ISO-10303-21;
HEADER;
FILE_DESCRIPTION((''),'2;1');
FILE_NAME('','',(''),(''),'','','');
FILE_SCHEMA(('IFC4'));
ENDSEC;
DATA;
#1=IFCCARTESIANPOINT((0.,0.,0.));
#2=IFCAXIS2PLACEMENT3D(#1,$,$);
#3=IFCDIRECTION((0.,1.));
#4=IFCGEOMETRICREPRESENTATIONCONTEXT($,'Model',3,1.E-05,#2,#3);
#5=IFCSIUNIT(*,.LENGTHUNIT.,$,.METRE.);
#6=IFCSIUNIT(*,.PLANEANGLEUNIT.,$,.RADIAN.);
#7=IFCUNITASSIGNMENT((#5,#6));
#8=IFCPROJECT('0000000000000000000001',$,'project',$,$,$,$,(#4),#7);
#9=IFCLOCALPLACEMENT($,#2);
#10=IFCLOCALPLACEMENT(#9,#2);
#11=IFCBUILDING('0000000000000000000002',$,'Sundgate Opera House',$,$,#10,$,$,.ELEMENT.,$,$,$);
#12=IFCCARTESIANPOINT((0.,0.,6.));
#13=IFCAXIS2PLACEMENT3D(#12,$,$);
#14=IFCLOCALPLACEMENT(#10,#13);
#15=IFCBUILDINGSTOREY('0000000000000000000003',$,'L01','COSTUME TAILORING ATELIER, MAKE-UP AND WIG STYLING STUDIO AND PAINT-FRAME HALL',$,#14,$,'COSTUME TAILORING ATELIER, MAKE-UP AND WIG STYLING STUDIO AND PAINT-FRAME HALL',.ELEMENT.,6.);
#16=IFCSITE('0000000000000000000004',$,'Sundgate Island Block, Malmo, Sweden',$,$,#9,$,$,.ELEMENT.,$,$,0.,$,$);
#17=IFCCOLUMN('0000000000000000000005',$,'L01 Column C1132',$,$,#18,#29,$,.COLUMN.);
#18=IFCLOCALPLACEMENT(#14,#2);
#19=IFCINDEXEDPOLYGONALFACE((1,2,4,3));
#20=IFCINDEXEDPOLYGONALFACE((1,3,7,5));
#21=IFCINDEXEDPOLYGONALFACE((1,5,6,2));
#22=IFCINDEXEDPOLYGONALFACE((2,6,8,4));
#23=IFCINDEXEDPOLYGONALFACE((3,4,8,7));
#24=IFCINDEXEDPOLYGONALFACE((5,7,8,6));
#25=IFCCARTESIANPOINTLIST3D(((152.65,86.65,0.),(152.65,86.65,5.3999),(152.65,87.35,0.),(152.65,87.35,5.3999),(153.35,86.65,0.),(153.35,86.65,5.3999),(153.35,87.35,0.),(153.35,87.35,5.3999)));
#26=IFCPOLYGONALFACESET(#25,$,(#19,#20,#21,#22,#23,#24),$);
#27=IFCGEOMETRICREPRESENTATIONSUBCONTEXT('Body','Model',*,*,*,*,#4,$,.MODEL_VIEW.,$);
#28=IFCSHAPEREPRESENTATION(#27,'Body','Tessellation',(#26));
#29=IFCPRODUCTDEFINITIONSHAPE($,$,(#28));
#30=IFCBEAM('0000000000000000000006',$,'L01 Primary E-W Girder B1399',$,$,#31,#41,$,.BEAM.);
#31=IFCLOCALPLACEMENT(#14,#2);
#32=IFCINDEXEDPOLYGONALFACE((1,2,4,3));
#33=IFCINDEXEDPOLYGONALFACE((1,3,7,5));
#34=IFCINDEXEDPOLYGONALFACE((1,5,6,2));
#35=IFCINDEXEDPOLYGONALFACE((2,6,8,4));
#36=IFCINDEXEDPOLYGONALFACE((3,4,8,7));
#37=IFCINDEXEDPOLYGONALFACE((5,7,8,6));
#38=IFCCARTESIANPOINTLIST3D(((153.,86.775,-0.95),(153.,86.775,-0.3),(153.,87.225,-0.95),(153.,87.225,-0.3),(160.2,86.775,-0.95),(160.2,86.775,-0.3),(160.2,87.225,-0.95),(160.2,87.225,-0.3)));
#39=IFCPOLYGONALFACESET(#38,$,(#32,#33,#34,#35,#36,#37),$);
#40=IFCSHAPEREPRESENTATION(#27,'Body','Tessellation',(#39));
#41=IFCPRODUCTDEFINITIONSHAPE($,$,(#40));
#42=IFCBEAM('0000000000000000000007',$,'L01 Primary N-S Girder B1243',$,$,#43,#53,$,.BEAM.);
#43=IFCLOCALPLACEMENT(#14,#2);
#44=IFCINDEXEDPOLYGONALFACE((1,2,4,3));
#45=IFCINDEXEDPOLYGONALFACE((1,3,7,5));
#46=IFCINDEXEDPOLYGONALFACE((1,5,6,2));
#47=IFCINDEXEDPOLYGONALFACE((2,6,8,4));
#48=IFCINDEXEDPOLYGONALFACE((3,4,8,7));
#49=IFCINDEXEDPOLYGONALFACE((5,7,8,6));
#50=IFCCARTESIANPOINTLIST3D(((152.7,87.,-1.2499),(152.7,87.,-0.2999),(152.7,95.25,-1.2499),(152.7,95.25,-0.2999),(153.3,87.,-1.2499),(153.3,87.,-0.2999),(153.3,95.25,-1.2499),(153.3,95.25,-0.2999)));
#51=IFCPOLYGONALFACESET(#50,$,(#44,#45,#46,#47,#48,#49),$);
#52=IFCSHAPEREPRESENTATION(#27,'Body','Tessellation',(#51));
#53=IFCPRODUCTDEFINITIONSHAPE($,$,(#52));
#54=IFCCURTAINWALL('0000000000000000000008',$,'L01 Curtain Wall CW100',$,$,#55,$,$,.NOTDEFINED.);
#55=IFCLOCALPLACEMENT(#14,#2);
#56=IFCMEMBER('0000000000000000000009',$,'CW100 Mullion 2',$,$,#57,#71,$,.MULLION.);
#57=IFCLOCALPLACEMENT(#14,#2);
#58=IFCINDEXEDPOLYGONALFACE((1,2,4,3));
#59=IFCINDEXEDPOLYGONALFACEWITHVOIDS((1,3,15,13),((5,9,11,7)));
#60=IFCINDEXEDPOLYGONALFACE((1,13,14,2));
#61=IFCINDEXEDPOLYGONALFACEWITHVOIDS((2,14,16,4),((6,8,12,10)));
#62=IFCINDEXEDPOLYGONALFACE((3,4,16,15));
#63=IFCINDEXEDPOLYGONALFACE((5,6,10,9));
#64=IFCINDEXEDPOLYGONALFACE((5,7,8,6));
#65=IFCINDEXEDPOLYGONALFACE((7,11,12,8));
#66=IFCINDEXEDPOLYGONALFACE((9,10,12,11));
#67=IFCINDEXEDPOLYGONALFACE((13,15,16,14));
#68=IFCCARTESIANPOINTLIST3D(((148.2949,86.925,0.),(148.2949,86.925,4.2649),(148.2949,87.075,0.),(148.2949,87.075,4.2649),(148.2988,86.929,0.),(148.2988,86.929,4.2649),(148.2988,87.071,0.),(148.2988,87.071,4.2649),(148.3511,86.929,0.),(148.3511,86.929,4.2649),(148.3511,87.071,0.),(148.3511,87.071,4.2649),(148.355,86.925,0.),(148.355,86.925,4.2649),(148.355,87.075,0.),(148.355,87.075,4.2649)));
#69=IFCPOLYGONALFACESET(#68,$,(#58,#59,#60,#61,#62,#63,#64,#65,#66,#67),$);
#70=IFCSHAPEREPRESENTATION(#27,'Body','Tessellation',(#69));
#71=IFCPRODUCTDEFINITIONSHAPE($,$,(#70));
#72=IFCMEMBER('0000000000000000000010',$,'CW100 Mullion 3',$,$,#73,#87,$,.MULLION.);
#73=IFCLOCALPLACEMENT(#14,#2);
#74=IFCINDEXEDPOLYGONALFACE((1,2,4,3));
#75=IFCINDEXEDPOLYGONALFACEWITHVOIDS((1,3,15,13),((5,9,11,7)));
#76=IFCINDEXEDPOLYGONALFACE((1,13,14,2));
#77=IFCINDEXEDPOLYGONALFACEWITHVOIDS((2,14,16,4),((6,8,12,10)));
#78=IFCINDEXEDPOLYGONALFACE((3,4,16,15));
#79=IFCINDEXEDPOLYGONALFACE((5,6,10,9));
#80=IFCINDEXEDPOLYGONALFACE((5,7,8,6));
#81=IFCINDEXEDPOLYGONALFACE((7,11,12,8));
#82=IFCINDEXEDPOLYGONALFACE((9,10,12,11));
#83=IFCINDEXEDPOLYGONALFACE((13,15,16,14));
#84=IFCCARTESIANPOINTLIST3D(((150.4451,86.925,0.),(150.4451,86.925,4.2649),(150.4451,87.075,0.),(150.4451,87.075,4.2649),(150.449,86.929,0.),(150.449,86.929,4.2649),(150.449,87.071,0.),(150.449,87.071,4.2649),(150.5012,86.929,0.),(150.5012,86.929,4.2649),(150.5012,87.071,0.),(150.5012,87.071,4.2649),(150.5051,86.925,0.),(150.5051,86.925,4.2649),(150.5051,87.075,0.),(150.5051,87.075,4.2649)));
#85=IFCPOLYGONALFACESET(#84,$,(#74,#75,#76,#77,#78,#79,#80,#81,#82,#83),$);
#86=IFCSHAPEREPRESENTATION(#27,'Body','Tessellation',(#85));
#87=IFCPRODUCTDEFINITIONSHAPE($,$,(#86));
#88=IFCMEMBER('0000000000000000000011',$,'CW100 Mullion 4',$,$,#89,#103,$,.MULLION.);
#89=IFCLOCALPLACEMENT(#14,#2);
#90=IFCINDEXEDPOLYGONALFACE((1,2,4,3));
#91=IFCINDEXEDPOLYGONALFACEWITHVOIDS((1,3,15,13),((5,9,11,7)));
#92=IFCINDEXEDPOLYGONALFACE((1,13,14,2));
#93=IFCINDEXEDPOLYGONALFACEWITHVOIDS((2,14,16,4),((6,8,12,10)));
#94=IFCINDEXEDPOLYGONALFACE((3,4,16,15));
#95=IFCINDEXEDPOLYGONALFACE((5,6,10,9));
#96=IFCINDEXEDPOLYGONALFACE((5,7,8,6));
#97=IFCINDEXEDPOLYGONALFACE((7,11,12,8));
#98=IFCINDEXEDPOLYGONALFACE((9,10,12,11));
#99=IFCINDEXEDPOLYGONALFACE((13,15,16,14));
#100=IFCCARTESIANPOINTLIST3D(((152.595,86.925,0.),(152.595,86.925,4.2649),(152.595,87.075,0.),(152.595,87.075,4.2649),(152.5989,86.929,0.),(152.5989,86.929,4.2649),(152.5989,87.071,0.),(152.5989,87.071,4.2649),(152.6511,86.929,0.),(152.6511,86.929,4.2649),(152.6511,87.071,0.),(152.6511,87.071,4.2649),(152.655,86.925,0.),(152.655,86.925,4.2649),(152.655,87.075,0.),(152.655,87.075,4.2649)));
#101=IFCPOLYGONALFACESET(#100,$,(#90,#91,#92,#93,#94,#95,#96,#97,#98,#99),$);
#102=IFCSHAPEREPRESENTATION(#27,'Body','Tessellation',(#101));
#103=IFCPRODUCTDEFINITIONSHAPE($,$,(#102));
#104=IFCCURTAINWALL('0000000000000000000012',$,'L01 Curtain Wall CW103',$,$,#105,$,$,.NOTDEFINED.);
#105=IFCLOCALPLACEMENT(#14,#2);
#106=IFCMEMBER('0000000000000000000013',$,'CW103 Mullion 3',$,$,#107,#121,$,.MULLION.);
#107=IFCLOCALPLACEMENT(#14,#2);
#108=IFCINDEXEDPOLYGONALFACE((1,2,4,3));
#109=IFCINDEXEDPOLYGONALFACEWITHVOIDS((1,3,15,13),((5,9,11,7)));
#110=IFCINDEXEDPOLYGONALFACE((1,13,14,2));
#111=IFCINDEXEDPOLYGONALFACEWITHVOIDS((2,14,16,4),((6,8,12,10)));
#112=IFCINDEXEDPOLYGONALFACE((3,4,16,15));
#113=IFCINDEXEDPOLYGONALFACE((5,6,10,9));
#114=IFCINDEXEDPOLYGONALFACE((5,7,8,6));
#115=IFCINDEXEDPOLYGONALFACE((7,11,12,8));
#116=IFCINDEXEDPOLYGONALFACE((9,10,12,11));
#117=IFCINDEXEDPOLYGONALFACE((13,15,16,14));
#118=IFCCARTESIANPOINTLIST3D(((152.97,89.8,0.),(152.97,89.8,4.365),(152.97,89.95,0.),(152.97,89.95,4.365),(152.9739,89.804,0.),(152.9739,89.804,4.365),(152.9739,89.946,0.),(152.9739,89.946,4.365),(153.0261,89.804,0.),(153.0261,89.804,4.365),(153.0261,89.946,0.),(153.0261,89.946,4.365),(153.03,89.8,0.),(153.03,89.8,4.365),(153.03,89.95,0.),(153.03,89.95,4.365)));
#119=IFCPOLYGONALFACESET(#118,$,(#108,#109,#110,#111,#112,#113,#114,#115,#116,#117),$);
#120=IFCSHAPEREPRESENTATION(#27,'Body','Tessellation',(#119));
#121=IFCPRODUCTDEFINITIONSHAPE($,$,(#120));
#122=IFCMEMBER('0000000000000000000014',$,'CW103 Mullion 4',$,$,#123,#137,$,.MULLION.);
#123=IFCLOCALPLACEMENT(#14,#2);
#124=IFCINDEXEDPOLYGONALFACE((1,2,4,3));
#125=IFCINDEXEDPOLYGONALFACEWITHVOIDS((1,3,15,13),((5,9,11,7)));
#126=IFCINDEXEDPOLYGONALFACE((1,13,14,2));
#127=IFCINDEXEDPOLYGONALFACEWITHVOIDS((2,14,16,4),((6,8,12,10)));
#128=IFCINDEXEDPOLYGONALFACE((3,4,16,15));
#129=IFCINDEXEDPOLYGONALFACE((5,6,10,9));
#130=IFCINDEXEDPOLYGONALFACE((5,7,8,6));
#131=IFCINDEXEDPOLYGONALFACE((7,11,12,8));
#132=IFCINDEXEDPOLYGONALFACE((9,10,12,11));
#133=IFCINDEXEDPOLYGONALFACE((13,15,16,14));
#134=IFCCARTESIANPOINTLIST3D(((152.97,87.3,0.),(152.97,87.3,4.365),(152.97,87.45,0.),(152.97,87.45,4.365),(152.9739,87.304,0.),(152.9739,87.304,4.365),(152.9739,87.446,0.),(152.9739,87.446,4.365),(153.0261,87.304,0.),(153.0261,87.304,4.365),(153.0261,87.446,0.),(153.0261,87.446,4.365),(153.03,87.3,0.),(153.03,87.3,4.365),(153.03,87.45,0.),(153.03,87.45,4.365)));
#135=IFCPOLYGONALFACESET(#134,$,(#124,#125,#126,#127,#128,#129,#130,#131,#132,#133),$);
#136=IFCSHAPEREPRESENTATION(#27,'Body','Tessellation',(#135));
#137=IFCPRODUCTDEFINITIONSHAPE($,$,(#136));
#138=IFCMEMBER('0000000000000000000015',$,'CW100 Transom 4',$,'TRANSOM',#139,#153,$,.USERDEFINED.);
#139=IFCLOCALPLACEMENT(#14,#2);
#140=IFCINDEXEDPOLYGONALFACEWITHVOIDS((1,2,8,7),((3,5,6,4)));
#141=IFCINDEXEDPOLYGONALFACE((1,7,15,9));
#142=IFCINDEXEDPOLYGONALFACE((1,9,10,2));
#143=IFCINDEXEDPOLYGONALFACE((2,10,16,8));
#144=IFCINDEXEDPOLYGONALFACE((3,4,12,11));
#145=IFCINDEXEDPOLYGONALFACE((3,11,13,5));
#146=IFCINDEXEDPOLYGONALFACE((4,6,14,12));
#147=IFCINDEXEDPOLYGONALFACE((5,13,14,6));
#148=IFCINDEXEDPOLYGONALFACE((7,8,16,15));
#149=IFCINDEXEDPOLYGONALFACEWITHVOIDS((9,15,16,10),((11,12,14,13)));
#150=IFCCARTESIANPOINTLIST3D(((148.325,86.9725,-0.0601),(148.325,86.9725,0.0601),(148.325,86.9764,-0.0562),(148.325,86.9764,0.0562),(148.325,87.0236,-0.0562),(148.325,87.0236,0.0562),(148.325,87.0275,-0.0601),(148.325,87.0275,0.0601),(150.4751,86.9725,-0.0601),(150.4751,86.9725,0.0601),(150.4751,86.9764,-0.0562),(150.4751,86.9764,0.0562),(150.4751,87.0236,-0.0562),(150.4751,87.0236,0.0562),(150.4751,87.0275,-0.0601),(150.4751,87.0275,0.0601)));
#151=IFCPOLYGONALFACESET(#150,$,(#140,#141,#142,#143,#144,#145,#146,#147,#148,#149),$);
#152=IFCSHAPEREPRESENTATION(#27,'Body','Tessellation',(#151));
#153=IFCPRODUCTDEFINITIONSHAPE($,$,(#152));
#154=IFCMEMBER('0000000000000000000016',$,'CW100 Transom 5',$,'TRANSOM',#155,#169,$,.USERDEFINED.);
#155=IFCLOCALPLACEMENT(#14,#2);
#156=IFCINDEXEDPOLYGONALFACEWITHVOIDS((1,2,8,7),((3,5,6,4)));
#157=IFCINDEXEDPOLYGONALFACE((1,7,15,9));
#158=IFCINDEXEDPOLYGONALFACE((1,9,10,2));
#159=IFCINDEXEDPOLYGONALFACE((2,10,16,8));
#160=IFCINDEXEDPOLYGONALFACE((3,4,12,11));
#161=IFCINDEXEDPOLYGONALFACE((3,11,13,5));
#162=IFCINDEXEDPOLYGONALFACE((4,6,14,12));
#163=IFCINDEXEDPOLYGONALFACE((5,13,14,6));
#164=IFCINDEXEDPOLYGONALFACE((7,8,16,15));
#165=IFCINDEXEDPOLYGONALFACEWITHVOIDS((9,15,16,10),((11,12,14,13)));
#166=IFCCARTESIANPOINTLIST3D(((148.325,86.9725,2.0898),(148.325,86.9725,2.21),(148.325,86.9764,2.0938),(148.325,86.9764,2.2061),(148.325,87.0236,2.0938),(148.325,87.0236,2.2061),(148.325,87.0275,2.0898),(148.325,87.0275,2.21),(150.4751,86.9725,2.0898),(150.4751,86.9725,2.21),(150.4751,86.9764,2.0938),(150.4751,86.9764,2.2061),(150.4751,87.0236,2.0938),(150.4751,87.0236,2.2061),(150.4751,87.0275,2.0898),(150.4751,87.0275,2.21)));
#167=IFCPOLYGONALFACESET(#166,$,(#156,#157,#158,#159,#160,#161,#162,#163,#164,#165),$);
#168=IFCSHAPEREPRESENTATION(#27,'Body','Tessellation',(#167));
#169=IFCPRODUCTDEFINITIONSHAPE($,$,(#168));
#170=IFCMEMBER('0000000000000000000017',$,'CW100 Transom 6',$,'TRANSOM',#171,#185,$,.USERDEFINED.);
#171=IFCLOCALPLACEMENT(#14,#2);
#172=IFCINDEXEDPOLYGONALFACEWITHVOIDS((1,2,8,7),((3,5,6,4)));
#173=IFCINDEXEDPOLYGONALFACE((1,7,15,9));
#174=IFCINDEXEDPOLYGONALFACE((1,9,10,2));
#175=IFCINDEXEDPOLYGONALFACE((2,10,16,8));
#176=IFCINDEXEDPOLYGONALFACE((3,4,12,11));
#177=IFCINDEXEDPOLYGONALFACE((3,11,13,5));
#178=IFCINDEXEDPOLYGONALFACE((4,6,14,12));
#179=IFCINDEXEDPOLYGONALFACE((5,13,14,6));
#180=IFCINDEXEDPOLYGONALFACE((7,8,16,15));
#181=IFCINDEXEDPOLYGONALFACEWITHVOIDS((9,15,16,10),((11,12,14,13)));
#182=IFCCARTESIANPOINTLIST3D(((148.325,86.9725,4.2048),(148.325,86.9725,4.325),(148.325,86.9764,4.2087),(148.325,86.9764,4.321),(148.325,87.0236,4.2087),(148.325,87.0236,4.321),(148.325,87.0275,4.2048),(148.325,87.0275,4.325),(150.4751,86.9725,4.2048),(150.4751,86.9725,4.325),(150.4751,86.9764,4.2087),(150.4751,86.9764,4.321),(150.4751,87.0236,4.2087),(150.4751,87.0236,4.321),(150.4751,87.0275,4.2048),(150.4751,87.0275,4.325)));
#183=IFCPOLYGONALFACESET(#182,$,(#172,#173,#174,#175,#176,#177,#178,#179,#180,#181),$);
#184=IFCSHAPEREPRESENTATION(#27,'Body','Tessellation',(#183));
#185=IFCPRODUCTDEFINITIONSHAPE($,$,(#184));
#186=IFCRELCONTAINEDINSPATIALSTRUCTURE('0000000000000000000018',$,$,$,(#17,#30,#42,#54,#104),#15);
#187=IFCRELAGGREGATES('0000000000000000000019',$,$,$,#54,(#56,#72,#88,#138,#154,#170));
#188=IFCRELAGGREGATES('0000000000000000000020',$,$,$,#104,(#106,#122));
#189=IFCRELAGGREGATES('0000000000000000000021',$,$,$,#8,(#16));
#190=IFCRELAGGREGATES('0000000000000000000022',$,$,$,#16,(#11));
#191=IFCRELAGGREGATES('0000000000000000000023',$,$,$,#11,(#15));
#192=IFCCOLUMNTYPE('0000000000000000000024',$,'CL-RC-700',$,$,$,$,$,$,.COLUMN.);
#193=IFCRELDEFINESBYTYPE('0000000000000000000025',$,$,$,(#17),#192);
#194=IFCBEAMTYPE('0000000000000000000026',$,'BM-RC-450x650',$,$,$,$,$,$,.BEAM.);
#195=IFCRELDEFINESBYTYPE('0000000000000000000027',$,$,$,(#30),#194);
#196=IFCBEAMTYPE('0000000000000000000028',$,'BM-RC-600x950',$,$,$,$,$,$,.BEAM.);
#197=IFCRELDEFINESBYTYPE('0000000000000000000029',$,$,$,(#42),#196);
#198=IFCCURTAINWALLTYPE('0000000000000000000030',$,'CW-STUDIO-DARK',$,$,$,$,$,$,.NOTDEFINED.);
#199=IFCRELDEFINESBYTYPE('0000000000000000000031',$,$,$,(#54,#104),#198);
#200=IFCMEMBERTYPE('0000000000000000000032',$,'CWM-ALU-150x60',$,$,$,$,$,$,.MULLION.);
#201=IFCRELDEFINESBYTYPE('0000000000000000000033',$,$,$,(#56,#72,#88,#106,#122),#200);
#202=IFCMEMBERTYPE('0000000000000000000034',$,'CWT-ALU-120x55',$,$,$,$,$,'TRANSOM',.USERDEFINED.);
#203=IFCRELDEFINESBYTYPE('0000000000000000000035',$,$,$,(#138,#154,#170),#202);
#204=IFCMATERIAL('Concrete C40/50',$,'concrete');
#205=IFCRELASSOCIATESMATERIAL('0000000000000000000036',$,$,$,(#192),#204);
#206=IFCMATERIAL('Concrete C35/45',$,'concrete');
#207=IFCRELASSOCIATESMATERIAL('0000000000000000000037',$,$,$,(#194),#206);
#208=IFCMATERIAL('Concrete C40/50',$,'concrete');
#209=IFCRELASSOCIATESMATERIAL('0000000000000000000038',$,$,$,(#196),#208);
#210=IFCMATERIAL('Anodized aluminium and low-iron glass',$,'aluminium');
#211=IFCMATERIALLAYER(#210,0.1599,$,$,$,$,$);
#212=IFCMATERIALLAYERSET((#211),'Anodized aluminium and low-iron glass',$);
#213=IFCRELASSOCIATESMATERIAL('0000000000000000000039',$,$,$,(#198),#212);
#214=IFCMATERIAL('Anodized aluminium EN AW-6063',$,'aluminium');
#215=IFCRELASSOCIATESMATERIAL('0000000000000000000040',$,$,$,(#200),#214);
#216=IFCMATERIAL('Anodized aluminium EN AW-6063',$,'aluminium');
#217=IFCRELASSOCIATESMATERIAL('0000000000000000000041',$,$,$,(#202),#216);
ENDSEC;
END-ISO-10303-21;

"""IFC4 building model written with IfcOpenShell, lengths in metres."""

from ifc_helpers import new_model, si_unit, direction, frame, origin, origin_2d, place, context, subcontext, project, spatial, rectangle, hollow_rectangle, extrude, material, layer, layer_set, material_profile, profile_set, type_object, element, aggregate, save


model = new_model("IFC4")

# Units and contexts
model_context = context("Model", 3, precision=1e-05, world=origin(), true_north=direction((0.0, 1.0)))
body_context = subcontext(model_context, "Body", "Model", "MODEL_VIEW")
ifc_project = project(units=[si_unit("LENGTHUNIT", "METRE"), si_unit("PLANEANGLEUNIT", "RADIAN")], contexts=[model_context])

# Site, building, storey
site_placement = place(None, origin())
site = spatial("IfcSite", under=ifc_project, at=site_placement, Name="Sundgate Island Block, Malmo, Sweden", CompositionType="ELEMENT", RefElevation=0.0)
building_placement = place(site_placement, origin())
building = spatial("IfcBuilding", under=site, at=building_placement, Name="Sundgate Opera House", CompositionType="ELEMENT")
storey_placement = place(building_placement, frame((0.0, 0.0, 6.0)))
storey = spatial("IfcBuildingStorey", under=building, at=storey_placement, Name="L01", Description="COSTUME TAILORING ATELIER, MAKE-UP AND WIG STYLING STUDIO AND PAINT-FRAME HALL", LongName="COSTUME TAILORING ATELIER, MAKE-UP AND WIG STYLING STUDIO AND PAINT-FRAME HALL", CompositionType="ELEMENT", Elevation=6.0)

# Column
ifc_material_1 = material(Name="Concrete C40/50", Category="concrete")
ifc_material_profile_1 = material_profile(ifc_material_1, rectangle(XDim=0.7, YDim=0.7, at=origin_2d()), Name="RC 700x700")
ifc_profile_set_1 = profile_set([ifc_material_profile_1], Name="Concrete C40/50")
column_type = type_object("IfcColumnType", Name="CL-RC-700", PredefinedType="COLUMN", material=ifc_profile_set_1)
column_placement = place(storey_placement, frame((153.0, 87.0, 0.0), z_axis=(0.0, 0.0, 1.0), x_axis=(1.0, 0.0, 0.0)))
element("IfcColumn", 1, at=column_placement, inside=storey, type_object=column_type, Name="L01 Column C1132", PredefinedType="COLUMN", context=body_context, shape_type="SweptSolid", body=[
    extrude(rectangle(XDim=0.7, YDim=0.7, at=origin_2d()), origin(), (0.0, 0.0, 1.0), 5.3999),
])

# Beams
ifc_material_2 = material(Name="Concrete C35/45", Category="concrete")
ifc_material_profile_2 = material_profile(ifc_material_2, rectangle(XDim=0.45, YDim=0.6499, at=origin_2d()), Name="RC 450x650")
ifc_profile_set_2 = profile_set([ifc_material_profile_2], Name="Concrete C35/45")
beam_type_1 = type_object("IfcBeamType", Name="BM-RC-450x650", PredefinedType="BEAM", material=ifc_profile_set_2)
beam_1_placement = place(storey_placement, frame((153.0, 87.0, -0.625), z_axis=(1.0, 0.0, 0.0), x_axis=(0.0, 1.0, 0.0)))
element("IfcBeam", 2, at=beam_1_placement, inside=storey, type_object=beam_type_1, Name="L01 Primary E-W Girder B1399", PredefinedType="BEAM", context=body_context, shape_type="SweptSolid", body=[
    extrude(rectangle(XDim=0.45, YDim=0.6499, at=origin_2d()), origin(), (0.0, 0.0, 1.0), 7.2),
])
ifc_material_3 = material(Name="Concrete C40/50", Category="concrete")
ifc_material_profile_3 = material_profile(ifc_material_3, rectangle(XDim=0.6001, YDim=0.95, at=origin_2d()), Name="RC 600x950")
ifc_profile_set_3 = profile_set([ifc_material_profile_3], Name="Concrete C40/50")
beam_type_2 = type_object("IfcBeamType", Name="BM-RC-600x950", PredefinedType="BEAM", material=ifc_profile_set_3)
beam_2_placement = place(storey_placement, frame((153.0, 87.0, -0.7749), z_axis=(0.0, 1.0, 0.0), x_axis=(-1.0, 0.0, 0.0)))
element("IfcBeam", 3, at=beam_2_placement, inside=storey, type_object=beam_type_2, Name="L01 Primary N-S Girder B1243", PredefinedType="BEAM", context=body_context, shape_type="SweptSolid", body=[
    extrude(rectangle(XDim=0.6001, YDim=0.95, at=origin_2d()), origin(), (0.0, 0.0, 1.0), 8.25),
])

# Curtain walls, members
ifc_material_4 = material(Name="Anodized aluminium and low-iron glass", Category="aluminium")
ifc_layer_1 = layer(ifc_material_4, 0.1599)
ifc_layer_set_1 = layer_set([ifc_layer_1], Name="Anodized aluminium and low-iron glass")
curtain_wall_type = type_object("IfcCurtainWallType", Name="CW-STUDIO-DARK", PredefinedType="NOTDEFINED", material=ifc_layer_set_1)
curtain_wall_1_placement = place(storey_placement, origin())
curtain_wall_1 = element("IfcCurtainWall", 4, at=curtain_wall_1_placement, inside=storey, type_object=curtain_wall_type, Name="L01 Curtain Wall CW100", PredefinedType="NOTDEFINED")
ifc_material_5 = material(Name="Anodized aluminium EN AW-6063", Category="aluminium")
ifc_material_profile_4 = material_profile(ifc_material_5, hollow_rectangle(XDim=0.0601, YDim=0.1499, WallThickness=0.0039, at=origin_2d()), Name="CWM 150x60x4")
ifc_profile_set_4 = profile_set([ifc_material_profile_4], Name="Anodized aluminium EN AW-6063")
member_type_1 = type_object("IfcMemberType", Name="CWM-ALU-150x60", PredefinedType="MULLION", material=ifc_profile_set_4)
member_1_placement = place(storey_placement, frame((148.325, 87.0, 0.0), z_axis=(0.0, 0.0, 1.0), x_axis=(1.0, 0.0, 0.0)))
member_1 = element("IfcMember", 5, at=member_1_placement, type_object=member_type_1, Name="CW100 Mullion 2", PredefinedType="MULLION", context=body_context, shape_type="SweptSolid", body=[
    extrude(hollow_rectangle(XDim=0.0601, YDim=0.1499, WallThickness=0.0039, at=origin_2d()), origin(), (0.0, 0.0, 1.0), 4.2649),
])
member_2_placement = place(storey_placement, frame((150.4751, 87.0, 0.0), z_axis=(0.0, 0.0, 1.0), x_axis=(1.0, 0.0, 0.0)))
member_2 = element("IfcMember", 6, at=member_2_placement, type_object=member_type_1, Name="CW100 Mullion 3", PredefinedType="MULLION", context=body_context, shape_type="SweptSolid", body=[
    extrude(hollow_rectangle(XDim=0.0601, YDim=0.1499, WallThickness=0.0039, at=origin_2d()), origin(), (0.0, 0.0, 1.0), 4.2649),
])
member_3_placement = place(storey_placement, frame((152.625, 87.0, 0.0), z_axis=(0.0, 0.0, 1.0), x_axis=(1.0, 0.0, 0.0)))
member_3 = element("IfcMember", 7, at=member_3_placement, type_object=member_type_1, Name="CW100 Mullion 4", PredefinedType="MULLION", context=body_context, shape_type="SweptSolid", body=[
    extrude(hollow_rectangle(XDim=0.0601, YDim=0.1499, WallThickness=0.0039, at=origin_2d()), origin(), (0.0, 0.0, 1.0), 4.2649),
])
curtain_wall_2_placement = place(storey_placement, origin())
curtain_wall_2 = element("IfcCurtainWall", 8, at=curtain_wall_2_placement, inside=storey, type_object=curtain_wall_type, Name="L01 Curtain Wall CW103", PredefinedType="NOTDEFINED")
member_4_placement = place(storey_placement, frame((153.0, 89.875, 0.0), z_axis=(0.0, 0.0, 1.0), x_axis=(1.0, 0.0, 0.0)))
member_4 = element("IfcMember", 9, at=member_4_placement, type_object=member_type_1, Name="CW103 Mullion 3", PredefinedType="MULLION", context=body_context, shape_type="SweptSolid", body=[
    extrude(hollow_rectangle(XDim=0.0601, YDim=0.1499, WallThickness=0.0039, at=origin_2d()), origin(), (0.0, 0.0, 1.0), 4.365),
])
member_5_placement = place(storey_placement, frame((153.0, 87.375, 0.0), z_axis=(0.0, 0.0, 1.0), x_axis=(1.0, 0.0, 0.0)))
member_5 = element("IfcMember", 10, at=member_5_placement, type_object=member_type_1, Name="CW103 Mullion 4", PredefinedType="MULLION", context=body_context, shape_type="SweptSolid", body=[
    extrude(hollow_rectangle(XDim=0.0601, YDim=0.1499, WallThickness=0.0039, at=origin_2d()), origin(), (0.0, 0.0, 1.0), 4.365),
])

# Members
ifc_material_6 = material(Name="Anodized aluminium EN AW-6063", Category="aluminium")
ifc_material_profile_5 = material_profile(ifc_material_6, hollow_rectangle(XDim=0.0549, YDim=0.1201, WallThickness=0.0039, at=origin_2d()), Name="CWT 120x55x4")
ifc_profile_set_5 = profile_set([ifc_material_profile_5], Name="Anodized aluminium EN AW-6063")
member_type_2 = type_object("IfcMemberType", Name="CWT-ALU-120x55", ElementType="TRANSOM", PredefinedType="USERDEFINED", material=ifc_profile_set_5)
member_6_placement = place(storey_placement, frame((148.325, 87.0, 0.0), z_axis=(1.0, 0.0, 0.0), x_axis=(0.0, 1.0, 0.0)))
member_6 = element("IfcMember", 11, at=member_6_placement, type_object=member_type_2, Name="CW100 Transom 4", ObjectType="TRANSOM", PredefinedType="USERDEFINED", context=body_context, shape_type="SweptSolid", body=[
    extrude(hollow_rectangle(XDim=0.0549, YDim=0.1201, WallThickness=0.0039, at=origin_2d()), origin(), (0.0, 0.0, 1.0), 2.1501),
])
member_7_placement = place(storey_placement, frame((148.325, 87.0, 2.1499), z_axis=(1.0, 0.0, 0.0), x_axis=(0.0, 1.0, 0.0)))
member_7 = element("IfcMember", 12, at=member_7_placement, type_object=member_type_2, Name="CW100 Transom 5", ObjectType="TRANSOM", PredefinedType="USERDEFINED", context=body_context, shape_type="SweptSolid", body=[
    extrude(hollow_rectangle(XDim=0.0549, YDim=0.1201, WallThickness=0.0039, at=origin_2d()), origin(), (0.0, 0.0, 1.0), 2.1501),
])
member_8_placement = place(storey_placement, frame((148.325, 87.0, 4.2649), z_axis=(1.0, 0.0, 0.0), x_axis=(0.0, 1.0, 0.0)))
member_8 = element("IfcMember", 13, at=member_8_placement, type_object=member_type_2, Name="CW100 Transom 6", ObjectType="TRANSOM", PredefinedType="USERDEFINED", context=body_context, shape_type="SweptSolid", body=[
    extrude(hollow_rectangle(XDim=0.0549, YDim=0.1201, WallThickness=0.0039, at=origin_2d()), origin(), (0.0, 0.0, 1.0), 2.1501),
])

aggregate(curtain_wall_1, [member_1, member_2, member_3, member_6, member_7, member_8])
aggregate(curtain_wall_2, [member_4, member_5])

save(model, "model.ifc")
